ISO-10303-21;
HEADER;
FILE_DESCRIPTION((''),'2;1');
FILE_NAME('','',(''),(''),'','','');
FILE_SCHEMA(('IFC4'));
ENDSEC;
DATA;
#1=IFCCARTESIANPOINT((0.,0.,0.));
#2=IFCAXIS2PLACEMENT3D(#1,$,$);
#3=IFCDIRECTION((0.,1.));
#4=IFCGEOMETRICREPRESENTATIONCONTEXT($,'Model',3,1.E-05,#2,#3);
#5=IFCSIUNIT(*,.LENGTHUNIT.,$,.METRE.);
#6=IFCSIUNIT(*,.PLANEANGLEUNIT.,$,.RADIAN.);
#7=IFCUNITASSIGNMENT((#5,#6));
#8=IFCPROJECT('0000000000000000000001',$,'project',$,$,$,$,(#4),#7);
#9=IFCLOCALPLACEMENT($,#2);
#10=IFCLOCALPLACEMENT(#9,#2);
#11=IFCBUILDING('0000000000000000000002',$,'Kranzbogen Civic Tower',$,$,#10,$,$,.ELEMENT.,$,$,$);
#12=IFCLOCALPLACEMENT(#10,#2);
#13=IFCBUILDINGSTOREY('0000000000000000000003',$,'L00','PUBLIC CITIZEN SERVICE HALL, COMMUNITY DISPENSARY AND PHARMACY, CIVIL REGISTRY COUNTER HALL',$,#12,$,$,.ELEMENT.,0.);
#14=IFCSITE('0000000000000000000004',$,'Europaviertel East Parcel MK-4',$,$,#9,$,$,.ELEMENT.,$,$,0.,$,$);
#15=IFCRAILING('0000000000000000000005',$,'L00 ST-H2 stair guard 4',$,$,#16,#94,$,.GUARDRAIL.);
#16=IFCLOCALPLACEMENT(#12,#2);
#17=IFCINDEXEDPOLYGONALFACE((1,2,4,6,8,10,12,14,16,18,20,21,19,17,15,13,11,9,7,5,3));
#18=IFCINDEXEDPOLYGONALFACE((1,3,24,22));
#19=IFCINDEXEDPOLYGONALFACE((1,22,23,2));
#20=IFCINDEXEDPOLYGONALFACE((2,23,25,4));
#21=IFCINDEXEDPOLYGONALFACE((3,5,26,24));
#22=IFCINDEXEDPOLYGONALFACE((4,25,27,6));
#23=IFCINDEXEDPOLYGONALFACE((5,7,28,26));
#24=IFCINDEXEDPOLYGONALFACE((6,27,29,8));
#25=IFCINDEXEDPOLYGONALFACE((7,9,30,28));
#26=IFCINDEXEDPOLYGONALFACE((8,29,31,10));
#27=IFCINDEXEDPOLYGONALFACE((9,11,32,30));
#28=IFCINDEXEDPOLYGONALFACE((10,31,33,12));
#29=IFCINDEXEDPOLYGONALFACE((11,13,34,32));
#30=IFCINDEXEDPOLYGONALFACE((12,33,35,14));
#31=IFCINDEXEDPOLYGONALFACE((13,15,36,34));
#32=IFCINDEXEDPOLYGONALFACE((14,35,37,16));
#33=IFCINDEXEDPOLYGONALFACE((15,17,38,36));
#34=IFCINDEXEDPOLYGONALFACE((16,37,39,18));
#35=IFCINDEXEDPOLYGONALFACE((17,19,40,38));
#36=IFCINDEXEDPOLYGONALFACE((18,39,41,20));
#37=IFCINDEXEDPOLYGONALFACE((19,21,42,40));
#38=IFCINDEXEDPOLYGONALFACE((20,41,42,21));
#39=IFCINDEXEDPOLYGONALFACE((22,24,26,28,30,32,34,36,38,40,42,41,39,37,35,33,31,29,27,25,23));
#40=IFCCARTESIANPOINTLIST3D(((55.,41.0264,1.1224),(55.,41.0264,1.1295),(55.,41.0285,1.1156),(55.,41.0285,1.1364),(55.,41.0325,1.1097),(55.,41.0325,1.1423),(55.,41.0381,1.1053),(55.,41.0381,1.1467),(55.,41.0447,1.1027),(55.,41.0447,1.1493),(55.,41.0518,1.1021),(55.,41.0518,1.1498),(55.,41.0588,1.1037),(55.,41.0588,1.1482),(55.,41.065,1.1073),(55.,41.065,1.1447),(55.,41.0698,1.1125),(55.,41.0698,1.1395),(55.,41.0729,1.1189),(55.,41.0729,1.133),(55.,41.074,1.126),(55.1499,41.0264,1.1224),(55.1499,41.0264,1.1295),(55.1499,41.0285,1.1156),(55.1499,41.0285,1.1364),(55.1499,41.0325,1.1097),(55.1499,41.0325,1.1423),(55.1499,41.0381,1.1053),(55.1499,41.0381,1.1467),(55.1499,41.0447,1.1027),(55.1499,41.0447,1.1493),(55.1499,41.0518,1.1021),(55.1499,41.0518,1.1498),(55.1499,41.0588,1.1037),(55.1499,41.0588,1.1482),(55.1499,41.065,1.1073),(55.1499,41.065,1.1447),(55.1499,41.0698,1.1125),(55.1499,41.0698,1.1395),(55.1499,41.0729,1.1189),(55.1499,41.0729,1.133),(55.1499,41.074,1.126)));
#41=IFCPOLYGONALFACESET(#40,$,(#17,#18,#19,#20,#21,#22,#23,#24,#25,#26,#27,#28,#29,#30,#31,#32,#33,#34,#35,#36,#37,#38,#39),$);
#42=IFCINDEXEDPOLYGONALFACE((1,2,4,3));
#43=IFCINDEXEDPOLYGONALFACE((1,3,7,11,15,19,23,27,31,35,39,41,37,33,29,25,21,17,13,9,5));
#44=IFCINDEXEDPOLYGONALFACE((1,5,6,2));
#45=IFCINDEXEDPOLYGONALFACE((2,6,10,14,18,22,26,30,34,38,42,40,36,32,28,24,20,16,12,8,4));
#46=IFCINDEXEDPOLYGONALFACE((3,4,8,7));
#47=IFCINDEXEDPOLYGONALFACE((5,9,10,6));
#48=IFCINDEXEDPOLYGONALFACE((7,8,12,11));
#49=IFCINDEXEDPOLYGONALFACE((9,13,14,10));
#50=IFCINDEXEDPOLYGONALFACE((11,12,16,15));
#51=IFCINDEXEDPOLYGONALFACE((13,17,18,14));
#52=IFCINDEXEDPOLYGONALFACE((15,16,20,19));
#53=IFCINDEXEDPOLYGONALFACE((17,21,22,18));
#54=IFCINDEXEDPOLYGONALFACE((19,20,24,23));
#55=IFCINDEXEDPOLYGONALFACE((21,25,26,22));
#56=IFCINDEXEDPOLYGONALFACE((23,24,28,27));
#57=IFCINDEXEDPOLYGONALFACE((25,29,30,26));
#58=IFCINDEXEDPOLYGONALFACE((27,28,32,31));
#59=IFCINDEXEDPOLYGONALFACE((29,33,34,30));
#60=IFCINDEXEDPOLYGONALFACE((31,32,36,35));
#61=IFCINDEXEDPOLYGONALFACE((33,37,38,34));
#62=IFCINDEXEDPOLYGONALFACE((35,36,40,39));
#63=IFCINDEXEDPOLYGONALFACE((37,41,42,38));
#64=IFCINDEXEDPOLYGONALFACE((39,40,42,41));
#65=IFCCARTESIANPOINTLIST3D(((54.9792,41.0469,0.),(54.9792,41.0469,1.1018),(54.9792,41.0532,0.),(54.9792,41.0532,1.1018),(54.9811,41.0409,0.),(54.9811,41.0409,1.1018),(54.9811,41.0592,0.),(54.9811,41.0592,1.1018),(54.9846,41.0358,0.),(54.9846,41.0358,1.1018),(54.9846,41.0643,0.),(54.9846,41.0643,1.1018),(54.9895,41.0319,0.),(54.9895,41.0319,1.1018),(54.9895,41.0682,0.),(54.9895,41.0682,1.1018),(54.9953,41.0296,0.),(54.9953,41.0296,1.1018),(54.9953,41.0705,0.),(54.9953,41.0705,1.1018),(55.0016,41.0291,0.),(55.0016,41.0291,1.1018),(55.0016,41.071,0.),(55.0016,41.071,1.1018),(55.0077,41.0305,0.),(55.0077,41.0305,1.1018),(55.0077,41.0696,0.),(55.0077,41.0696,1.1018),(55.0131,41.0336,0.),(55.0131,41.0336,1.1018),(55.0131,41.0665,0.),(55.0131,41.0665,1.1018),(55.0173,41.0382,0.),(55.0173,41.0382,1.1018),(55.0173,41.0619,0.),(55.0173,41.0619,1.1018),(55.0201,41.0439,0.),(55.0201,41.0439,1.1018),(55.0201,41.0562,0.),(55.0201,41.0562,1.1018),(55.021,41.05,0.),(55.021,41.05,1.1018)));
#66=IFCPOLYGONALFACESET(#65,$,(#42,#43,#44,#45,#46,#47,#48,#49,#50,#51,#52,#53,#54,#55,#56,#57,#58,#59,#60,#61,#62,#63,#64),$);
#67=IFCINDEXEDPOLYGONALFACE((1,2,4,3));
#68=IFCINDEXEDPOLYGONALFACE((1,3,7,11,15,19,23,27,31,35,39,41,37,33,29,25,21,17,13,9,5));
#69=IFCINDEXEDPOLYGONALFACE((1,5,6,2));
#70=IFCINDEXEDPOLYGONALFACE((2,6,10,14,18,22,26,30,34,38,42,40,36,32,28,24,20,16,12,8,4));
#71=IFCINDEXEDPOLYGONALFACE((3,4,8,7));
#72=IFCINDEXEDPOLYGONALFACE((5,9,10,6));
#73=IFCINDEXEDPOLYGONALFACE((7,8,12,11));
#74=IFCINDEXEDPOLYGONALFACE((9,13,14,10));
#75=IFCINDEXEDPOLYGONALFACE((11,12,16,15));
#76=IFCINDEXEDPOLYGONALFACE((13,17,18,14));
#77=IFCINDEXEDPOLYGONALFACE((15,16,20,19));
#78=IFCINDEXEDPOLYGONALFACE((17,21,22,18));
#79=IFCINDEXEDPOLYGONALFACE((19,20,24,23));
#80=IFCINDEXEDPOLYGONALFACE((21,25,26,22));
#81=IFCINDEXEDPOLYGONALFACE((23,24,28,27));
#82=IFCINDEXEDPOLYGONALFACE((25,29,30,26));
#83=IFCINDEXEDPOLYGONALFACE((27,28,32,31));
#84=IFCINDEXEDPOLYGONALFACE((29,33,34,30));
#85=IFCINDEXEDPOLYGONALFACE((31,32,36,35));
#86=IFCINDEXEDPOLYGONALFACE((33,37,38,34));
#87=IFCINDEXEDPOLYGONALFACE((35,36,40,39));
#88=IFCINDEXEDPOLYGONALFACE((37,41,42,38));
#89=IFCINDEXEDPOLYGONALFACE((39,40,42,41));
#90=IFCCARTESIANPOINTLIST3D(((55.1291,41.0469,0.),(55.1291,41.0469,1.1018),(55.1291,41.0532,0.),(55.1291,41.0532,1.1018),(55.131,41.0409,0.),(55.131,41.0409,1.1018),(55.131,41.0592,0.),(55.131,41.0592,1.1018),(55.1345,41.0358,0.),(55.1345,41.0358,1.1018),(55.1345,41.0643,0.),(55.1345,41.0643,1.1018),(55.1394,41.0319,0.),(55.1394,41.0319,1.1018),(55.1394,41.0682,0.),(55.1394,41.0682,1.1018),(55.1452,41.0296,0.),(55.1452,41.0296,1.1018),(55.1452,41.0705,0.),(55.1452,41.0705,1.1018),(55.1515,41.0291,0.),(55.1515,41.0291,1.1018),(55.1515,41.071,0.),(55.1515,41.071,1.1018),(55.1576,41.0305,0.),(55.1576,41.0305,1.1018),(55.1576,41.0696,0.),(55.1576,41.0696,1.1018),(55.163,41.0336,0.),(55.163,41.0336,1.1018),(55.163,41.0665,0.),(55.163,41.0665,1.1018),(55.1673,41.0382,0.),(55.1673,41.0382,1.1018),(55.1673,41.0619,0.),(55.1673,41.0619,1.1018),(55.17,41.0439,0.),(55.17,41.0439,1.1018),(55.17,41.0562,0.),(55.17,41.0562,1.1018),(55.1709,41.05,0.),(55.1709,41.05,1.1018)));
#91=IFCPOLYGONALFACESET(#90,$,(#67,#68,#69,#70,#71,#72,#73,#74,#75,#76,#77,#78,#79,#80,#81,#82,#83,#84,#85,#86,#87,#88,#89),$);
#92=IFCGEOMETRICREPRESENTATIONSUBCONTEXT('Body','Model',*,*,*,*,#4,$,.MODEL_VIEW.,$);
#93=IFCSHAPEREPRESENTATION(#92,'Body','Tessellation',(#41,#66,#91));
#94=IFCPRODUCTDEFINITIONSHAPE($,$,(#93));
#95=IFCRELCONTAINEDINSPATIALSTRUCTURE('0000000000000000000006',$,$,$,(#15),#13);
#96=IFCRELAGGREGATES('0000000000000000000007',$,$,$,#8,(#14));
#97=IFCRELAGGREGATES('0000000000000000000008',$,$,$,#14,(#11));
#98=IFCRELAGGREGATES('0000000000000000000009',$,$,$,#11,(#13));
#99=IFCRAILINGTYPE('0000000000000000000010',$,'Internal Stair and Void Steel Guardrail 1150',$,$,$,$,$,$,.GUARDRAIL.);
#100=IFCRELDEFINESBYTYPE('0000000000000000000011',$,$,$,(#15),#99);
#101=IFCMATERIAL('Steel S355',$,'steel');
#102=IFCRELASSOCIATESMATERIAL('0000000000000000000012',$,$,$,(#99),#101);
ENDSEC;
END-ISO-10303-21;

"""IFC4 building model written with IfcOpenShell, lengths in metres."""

from ifc_helpers import new_model, si_unit, direction, frame, origin, origin_2d, place, context, subcontext, project, spatial, circle, extrude, material, type_object, element, save


model = new_model("IFC4")

# Units and contexts
model_context = context("Model", 3, precision=1e-05, world=origin(), true_north=direction((0.0, 1.0)))
body_context = subcontext(model_context, "Body", "Model", "MODEL_VIEW")
ifc_project = project(units=[si_unit("LENGTHUNIT", "METRE"), si_unit("PLANEANGLEUNIT", "RADIAN")], contexts=[model_context])

# Site, building, storey
site_placement = place(None, origin())
site = spatial("IfcSite", under=ifc_project, at=site_placement, Name="Europaviertel East Parcel MK-4", CompositionType="ELEMENT", RefElevation=0.0)
building_placement = place(site_placement, origin())
building = spatial("IfcBuilding", under=site, at=building_placement, Name="Kranzbogen Civic Tower", CompositionType="ELEMENT")
storey_placement = place(building_placement, origin())
storey = spatial("IfcBuildingStorey", under=building, at=storey_placement, Name="L00", Description="PUBLIC CITIZEN SERVICE HALL, COMMUNITY DISPENSARY AND PHARMACY, CIVIL REGISTRY COUNTER HALL", CompositionType="ELEMENT", Elevation=0.0)

# Shared definitions
ifc_material_1 = material(Name="Steel S355", Category="steel")

# Railing
railing_type_1 = type_object("IfcRailingType", Name="Internal Stair and Void Steel Guardrail 1150", PredefinedType="GUARDRAIL", material=ifc_material_1)
railing_1_placement = place(storey_placement, frame((55.0, 41.05, 0.0)))
element("IfcRailing", 1, at=railing_1_placement, inside=storey, type_object=railing_type_1, Name="L00 ST-H2 stair guard 4", PredefinedType="GUARDRAIL", context=body_context, shape_type="SweptSolid", body=[
    extrude(circle(Radius=0.0239, at=origin_2d()), frame((0.0, 0.0, 1.126), z_axis=(1.0, 0.0, 0.0), x_axis=(0.0, 1.0, 0.0)), (0.0, 0.0, 1.0), 0.1499),
    extrude(circle(Radius=0.021, at=origin_2d()), origin(), (0.0, 0.0, 1.0), 1.1018),
    extrude(circle(Radius=0.021, at=origin_2d()), frame((0.1499, 0.0, 0.0)), (0.0, 0.0, 1.0), 1.1018),
])

save(model, "model.ifc")
